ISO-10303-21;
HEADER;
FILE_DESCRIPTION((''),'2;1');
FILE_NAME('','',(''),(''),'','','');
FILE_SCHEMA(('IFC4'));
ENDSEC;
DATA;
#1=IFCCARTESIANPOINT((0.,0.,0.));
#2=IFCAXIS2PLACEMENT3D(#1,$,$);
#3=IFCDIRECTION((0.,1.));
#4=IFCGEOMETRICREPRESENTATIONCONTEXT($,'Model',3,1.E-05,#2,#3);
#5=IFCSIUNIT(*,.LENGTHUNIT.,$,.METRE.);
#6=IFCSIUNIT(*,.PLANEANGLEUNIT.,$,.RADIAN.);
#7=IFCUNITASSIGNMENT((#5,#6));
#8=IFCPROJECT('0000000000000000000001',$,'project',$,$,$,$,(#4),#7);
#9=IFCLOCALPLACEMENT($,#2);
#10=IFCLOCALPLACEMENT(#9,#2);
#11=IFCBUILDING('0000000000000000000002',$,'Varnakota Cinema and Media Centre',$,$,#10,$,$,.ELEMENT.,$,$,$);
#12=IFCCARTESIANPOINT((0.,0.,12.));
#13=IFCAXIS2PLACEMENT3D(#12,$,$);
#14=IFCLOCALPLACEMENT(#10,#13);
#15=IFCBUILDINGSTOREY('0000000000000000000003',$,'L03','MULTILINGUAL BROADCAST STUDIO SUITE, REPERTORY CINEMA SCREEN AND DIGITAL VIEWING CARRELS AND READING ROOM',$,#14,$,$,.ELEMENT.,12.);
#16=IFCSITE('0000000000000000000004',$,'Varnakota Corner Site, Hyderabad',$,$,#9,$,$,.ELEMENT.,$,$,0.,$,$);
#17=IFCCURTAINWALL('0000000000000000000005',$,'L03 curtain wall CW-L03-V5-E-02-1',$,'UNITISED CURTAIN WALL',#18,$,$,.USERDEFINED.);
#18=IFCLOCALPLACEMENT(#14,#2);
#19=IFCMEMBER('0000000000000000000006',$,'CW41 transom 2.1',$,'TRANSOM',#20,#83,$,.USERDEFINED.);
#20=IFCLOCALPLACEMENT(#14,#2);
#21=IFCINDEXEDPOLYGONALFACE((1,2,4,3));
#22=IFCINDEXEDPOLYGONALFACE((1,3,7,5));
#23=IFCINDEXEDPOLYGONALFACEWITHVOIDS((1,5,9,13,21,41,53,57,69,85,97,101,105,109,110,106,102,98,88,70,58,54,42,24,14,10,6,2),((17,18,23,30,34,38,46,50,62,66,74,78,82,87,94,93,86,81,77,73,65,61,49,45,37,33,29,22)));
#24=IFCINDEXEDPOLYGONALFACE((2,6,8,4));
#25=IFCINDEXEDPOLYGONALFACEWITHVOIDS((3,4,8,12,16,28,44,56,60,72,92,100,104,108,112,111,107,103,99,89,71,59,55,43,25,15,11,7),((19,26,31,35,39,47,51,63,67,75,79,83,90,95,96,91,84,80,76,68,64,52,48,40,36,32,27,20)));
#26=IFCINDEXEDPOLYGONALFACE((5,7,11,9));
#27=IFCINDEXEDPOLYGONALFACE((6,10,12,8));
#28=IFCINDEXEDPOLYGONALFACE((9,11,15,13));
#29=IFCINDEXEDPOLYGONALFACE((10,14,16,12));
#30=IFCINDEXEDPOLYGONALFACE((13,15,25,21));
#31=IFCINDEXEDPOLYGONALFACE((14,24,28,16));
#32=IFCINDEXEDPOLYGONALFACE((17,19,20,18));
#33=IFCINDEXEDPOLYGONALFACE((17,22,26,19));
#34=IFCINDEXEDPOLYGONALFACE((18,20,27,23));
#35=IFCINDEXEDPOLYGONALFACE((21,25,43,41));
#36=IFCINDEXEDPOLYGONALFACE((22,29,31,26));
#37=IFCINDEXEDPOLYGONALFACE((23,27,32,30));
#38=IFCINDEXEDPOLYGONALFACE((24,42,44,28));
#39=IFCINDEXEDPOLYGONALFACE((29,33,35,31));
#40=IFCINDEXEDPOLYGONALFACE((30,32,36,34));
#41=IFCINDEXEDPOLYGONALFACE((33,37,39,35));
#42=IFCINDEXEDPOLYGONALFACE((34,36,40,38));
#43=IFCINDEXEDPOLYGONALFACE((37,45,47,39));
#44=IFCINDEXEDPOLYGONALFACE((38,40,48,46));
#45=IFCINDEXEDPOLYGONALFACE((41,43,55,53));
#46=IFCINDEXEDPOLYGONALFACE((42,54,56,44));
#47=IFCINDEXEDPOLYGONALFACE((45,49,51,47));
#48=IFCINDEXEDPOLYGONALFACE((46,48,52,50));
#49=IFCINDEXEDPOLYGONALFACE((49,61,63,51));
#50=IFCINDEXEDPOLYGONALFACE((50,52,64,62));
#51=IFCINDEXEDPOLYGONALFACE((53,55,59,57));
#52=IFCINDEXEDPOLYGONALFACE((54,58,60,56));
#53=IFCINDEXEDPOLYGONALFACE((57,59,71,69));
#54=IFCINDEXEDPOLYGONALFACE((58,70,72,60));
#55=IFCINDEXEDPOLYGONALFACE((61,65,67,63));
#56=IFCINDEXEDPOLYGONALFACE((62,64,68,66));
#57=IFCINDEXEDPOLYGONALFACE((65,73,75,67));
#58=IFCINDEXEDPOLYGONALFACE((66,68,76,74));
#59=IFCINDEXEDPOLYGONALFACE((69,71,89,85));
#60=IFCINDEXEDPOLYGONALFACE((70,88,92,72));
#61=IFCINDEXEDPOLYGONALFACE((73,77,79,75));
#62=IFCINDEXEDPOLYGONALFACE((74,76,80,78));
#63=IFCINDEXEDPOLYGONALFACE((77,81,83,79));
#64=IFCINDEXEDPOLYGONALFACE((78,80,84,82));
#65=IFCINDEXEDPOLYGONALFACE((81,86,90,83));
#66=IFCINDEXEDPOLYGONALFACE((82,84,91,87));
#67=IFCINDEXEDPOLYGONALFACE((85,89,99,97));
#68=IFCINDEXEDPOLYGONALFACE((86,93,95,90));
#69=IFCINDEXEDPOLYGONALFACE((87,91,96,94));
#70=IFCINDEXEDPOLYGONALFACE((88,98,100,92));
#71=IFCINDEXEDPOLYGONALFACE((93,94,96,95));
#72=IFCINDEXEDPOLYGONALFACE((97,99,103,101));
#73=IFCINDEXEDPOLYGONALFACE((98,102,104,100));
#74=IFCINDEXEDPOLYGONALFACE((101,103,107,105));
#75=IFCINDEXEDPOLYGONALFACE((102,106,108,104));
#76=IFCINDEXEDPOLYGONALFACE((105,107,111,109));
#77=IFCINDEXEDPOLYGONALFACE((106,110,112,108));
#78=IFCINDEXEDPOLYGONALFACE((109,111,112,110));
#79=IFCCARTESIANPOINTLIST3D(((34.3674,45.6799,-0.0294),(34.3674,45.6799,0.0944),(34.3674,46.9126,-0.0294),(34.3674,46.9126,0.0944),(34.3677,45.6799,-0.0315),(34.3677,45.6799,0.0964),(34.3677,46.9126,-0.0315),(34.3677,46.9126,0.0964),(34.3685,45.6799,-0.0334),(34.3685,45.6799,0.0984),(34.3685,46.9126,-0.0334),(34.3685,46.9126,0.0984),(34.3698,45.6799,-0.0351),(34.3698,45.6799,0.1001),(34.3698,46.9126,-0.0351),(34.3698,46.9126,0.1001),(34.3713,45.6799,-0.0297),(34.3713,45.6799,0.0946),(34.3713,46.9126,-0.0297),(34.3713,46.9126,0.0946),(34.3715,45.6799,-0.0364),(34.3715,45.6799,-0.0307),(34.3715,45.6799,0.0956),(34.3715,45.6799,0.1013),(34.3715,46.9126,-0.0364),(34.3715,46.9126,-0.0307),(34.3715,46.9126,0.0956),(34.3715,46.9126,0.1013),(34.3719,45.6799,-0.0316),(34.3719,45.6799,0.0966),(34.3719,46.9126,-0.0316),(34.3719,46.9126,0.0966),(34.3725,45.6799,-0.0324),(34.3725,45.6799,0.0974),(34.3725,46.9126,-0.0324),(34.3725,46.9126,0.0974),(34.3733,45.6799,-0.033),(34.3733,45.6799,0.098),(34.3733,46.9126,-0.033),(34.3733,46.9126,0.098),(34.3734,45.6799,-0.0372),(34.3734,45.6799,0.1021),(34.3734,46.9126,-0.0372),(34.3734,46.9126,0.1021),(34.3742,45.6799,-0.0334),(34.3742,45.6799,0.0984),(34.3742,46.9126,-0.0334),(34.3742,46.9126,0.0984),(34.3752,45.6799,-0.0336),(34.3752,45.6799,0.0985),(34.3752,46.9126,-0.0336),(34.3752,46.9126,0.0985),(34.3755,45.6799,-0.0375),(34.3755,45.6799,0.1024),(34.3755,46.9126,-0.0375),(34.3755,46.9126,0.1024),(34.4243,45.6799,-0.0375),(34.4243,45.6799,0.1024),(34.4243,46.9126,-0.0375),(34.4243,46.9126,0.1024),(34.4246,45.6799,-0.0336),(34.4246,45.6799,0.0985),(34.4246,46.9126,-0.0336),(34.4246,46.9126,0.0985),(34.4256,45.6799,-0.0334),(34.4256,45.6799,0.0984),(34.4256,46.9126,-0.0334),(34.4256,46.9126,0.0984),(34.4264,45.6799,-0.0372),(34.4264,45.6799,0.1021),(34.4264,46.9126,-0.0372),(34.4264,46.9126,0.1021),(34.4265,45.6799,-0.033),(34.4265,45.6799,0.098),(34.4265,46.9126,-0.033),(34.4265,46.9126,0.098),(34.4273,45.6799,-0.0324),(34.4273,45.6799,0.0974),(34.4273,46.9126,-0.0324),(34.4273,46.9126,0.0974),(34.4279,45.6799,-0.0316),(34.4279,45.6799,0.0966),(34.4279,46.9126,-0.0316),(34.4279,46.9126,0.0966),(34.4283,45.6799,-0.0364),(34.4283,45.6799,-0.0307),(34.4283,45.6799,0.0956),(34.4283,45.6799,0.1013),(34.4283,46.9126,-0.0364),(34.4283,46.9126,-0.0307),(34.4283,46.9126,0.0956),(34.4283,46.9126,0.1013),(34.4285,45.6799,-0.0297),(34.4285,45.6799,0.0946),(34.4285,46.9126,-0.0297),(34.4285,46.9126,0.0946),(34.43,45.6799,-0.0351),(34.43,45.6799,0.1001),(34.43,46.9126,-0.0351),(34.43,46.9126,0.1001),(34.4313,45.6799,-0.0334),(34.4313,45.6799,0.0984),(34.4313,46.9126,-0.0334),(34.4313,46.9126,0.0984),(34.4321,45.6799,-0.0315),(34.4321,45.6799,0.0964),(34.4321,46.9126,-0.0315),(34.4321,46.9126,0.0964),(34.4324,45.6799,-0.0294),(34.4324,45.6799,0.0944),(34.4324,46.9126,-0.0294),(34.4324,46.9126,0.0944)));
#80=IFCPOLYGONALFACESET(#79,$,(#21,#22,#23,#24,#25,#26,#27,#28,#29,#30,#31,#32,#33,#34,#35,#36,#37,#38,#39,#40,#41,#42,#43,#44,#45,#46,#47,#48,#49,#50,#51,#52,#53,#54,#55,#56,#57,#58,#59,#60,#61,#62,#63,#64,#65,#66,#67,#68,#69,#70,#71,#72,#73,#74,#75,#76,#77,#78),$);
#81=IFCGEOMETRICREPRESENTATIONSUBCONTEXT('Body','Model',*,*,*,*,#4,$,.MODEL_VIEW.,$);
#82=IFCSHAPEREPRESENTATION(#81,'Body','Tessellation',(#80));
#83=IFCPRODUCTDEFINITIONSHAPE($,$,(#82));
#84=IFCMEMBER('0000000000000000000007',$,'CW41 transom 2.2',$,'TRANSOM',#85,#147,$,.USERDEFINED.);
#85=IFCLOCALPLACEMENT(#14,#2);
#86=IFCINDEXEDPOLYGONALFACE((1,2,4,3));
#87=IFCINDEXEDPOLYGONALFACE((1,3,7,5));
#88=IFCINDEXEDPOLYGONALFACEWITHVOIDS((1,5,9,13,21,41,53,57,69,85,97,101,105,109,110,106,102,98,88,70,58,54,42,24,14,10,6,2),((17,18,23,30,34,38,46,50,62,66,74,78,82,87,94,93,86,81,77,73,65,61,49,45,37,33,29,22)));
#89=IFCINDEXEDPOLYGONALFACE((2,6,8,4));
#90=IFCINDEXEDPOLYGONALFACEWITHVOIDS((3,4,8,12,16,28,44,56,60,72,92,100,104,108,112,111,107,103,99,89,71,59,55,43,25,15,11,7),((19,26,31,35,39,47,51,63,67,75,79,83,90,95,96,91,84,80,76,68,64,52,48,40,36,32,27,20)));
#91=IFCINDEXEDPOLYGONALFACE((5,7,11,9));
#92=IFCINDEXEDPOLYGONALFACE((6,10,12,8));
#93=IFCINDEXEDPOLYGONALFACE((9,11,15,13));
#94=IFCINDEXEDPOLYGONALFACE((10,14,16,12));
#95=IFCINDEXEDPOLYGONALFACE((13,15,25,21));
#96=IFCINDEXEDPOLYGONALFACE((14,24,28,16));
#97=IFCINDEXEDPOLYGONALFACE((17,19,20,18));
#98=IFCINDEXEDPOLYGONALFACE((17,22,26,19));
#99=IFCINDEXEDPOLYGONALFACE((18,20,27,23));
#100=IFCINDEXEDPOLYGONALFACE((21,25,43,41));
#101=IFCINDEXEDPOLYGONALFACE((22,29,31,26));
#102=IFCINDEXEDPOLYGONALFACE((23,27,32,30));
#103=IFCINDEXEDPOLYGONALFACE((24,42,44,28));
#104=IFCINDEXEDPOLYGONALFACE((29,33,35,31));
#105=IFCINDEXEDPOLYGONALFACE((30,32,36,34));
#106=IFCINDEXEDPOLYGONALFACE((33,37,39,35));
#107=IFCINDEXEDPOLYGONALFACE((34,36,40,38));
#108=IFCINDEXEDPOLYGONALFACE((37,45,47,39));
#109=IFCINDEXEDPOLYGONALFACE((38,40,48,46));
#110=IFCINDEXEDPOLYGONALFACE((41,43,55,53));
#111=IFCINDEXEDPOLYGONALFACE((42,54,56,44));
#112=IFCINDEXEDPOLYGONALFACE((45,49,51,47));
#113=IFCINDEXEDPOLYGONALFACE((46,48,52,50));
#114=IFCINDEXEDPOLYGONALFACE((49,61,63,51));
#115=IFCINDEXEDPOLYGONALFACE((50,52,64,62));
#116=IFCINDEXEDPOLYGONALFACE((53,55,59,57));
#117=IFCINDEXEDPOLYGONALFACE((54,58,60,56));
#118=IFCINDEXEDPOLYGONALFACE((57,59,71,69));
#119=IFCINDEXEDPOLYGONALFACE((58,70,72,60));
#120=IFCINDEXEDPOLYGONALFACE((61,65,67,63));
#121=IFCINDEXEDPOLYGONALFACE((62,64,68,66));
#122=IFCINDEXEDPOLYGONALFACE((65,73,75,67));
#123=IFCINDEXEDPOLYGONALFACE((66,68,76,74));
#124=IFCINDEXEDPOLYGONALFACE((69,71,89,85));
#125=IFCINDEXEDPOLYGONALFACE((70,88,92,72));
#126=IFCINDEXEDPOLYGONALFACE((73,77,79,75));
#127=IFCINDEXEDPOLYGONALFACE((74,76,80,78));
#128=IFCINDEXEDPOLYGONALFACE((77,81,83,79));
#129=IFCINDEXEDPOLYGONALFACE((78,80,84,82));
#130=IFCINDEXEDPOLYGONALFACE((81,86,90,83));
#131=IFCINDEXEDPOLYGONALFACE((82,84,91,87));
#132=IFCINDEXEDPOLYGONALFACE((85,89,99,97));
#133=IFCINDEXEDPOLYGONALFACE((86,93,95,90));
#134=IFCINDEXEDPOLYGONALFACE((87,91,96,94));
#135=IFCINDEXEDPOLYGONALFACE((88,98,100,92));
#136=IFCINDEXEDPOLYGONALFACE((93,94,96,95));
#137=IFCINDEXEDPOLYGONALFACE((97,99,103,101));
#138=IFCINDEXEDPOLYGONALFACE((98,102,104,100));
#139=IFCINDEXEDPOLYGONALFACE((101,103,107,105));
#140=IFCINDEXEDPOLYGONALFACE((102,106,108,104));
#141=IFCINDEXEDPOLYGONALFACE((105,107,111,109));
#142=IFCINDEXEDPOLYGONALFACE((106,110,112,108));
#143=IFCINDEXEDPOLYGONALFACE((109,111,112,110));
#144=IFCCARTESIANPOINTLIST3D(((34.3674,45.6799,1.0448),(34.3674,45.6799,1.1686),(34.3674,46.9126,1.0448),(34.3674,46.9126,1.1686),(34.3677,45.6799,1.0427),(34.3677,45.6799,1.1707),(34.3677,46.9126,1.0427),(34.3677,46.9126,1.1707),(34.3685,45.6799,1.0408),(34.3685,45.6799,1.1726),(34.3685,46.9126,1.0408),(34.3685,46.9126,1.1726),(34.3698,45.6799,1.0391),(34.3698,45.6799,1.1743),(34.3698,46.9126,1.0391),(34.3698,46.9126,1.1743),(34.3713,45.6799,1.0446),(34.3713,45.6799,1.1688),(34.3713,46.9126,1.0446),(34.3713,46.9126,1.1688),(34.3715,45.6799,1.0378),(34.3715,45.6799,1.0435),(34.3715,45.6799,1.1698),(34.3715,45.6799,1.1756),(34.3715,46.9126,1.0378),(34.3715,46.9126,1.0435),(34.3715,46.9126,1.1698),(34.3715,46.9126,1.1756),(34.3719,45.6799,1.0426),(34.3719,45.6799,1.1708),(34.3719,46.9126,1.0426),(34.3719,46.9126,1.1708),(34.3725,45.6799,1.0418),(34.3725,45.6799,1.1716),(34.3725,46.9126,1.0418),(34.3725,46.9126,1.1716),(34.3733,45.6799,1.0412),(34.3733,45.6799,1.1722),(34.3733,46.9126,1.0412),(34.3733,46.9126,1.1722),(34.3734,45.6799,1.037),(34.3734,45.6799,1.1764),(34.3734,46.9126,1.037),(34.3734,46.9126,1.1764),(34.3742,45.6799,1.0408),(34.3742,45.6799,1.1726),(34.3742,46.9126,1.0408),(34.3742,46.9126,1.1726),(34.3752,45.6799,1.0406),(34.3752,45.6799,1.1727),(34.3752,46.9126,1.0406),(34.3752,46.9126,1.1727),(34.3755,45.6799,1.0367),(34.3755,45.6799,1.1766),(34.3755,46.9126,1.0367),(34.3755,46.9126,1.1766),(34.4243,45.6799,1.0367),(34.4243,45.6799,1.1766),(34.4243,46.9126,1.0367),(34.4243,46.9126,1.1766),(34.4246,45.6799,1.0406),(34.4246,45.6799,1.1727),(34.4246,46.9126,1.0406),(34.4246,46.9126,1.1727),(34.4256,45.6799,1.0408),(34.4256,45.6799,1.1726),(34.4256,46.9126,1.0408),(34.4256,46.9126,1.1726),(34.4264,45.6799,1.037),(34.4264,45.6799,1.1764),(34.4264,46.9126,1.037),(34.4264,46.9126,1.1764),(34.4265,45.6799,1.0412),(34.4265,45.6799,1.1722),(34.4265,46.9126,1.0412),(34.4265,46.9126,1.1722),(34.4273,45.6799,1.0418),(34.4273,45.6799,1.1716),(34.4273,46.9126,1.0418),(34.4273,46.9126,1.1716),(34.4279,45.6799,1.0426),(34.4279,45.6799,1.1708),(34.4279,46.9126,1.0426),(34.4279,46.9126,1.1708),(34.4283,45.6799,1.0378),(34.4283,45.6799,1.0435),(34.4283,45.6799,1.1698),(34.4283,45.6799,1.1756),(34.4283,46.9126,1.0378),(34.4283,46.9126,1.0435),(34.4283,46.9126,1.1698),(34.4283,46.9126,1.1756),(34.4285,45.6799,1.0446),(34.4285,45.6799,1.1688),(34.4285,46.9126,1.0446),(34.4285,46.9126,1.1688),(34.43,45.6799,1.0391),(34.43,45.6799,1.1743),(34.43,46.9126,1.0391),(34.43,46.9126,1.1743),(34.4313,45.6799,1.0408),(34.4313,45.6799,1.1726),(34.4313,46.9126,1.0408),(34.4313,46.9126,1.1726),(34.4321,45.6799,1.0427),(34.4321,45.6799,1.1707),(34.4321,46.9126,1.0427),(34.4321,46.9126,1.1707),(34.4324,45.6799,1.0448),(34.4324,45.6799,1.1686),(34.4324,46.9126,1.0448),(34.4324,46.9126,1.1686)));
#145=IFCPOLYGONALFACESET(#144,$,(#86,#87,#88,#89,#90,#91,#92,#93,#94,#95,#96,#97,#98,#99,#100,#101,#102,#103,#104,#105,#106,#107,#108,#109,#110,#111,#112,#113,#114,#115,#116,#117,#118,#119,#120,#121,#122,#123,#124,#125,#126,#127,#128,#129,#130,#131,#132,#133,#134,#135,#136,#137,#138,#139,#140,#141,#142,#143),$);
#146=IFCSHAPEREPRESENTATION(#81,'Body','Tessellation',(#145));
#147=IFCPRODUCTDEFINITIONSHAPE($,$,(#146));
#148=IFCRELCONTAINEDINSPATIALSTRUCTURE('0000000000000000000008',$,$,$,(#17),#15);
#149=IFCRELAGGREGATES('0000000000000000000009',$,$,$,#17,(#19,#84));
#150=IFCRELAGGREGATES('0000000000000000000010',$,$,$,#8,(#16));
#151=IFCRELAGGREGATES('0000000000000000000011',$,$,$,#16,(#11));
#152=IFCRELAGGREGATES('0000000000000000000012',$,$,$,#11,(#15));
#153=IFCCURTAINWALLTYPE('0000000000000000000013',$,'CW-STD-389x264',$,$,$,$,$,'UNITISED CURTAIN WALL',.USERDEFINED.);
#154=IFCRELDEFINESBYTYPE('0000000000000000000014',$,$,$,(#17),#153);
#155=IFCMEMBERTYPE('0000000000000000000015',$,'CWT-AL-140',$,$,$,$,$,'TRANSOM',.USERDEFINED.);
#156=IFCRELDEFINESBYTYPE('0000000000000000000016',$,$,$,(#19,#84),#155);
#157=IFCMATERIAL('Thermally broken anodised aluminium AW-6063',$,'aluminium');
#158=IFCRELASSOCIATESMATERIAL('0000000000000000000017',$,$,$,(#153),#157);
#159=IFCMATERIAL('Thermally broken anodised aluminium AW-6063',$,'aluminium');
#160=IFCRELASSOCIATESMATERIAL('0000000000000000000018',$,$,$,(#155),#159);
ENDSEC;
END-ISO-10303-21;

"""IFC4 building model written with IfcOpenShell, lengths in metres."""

from ifc_helpers import new_model, si_unit, direction, frame, origin, origin_2d, place, context, subcontext, project, spatial, hollow_rectangle, extrude, material, material_profile, profile_set, type_object, element, aggregate, save


model = new_model("IFC4")

# Units and contexts
model_context = context("Model", 3, precision=1e-05, world=origin(), true_north=direction((0.0, 1.0)))
body_context = subcontext(model_context, "Body", "Model", "MODEL_VIEW")
ifc_project = project(units=[si_unit("LENGTHUNIT", "METRE"), si_unit("PLANEANGLEUNIT", "RADIAN")], contexts=[model_context])

# Site, building, storey
site_placement = place(None, origin())
site = spatial("IfcSite", under=ifc_project, at=site_placement, Name="Varnakota Corner Site, Hyderabad", CompositionType="ELEMENT", RefElevation=0.0)
building_placement = place(site_placement, origin())
building = spatial("IfcBuilding", under=site, at=building_placement, Name="Varnakota Cinema and Media Centre", CompositionType="ELEMENT")
storey_placement = place(building_placement, frame((0.0, 0.0, 12.0)))
storey = spatial("IfcBuildingStorey", under=building, at=storey_placement, Name="L03", Description="MULTILINGUAL BROADCAST STUDIO SUITE, REPERTORY CINEMA SCREEN AND DIGITAL VIEWING CARRELS AND READING ROOM", CompositionType="ELEMENT", Elevation=12.0)

# Curtain wall
ifc_material_1 = material(Name="Thermally broken anodised aluminium AW-6063", Category="aluminium")
curtain_wall_type = type_object("IfcCurtainWallType", Name="CW-STD-389x264", ElementType="UNITISED CURTAIN WALL", PredefinedType="USERDEFINED", material=ifc_material_1)
curtain_wall_1_placement = place(storey_placement, origin())
curtain_wall_1 = element("IfcCurtainWall", 1, at=curtain_wall_1_placement, inside=storey, type_object=curtain_wall_type, Name="L03 curtain wall CW-L03-V5-E-02-1", ObjectType="UNITISED CURTAIN WALL", PredefinedType="USERDEFINED")

# Members
ifc_material_2 = material(Name="Thermally broken anodised aluminium AW-6063", Category="aluminium")
ifc_material_profile_1 = material_profile(ifc_material_2, hollow_rectangle(XDim=0.0649, YDim=0.1399, WallThickness=0.0039, InnerFilletRadius=0.0039, OuterFilletRadius=0.0081, at=origin_2d()), Name="AL-TRANSOM 140x65x4")
ifc_profile_set_1 = profile_set([ifc_material_profile_1], Name="Thermally broken anodised aluminium AW-6063")
member_type_1 = type_object("IfcMemberType", Name="CWT-AL-140", ElementType="TRANSOM", PredefinedType="USERDEFINED", material=ifc_profile_set_1)
member_1_placement = place(storey_placement, frame((34.3999, 45.6799, 0.0325), z_axis=(0.0, 1.0, 0.0), x_axis=(-1.0, 0.0, 0.0)))
member_1 = element("IfcMember", 2, at=member_1_placement, type_object=member_type_1, Name="CW41 transom 2.1", ObjectType="TRANSOM", PredefinedType="USERDEFINED", context=body_context, shape_type="SweptSolid", body=[
    extrude(hollow_rectangle(XDim=0.0649, YDim=0.1399, WallThickness=0.0039, InnerFilletRadius=0.0039, OuterFilletRadius=0.0081, at=origin_2d()), origin(), (0.0, 0.0, 1.0), 1.2327),
])
member_2_placement = place(storey_placement, frame((34.3999, 45.6799, 1.1067), z_axis=(0.0, 1.0, 0.0), x_axis=(-1.0, 0.0, 0.0)))
member_2 = element("IfcMember", 3, at=member_2_placement, type_object=member_type_1, Name="CW41 transom 2.2", ObjectType="TRANSOM", PredefinedType="USERDEFINED", context=body_context, shape_type="SweptSolid", body=[
    extrude(hollow_rectangle(XDim=0.0649, YDim=0.1399, WallThickness=0.0039, InnerFilletRadius=0.0039, OuterFilletRadius=0.0081, at=origin_2d()), origin(), (0.0, 0.0, 1.0), 1.2327),
])

aggregate(curtain_wall_1, [member_1, member_2])

save(model, "model.ifc")
